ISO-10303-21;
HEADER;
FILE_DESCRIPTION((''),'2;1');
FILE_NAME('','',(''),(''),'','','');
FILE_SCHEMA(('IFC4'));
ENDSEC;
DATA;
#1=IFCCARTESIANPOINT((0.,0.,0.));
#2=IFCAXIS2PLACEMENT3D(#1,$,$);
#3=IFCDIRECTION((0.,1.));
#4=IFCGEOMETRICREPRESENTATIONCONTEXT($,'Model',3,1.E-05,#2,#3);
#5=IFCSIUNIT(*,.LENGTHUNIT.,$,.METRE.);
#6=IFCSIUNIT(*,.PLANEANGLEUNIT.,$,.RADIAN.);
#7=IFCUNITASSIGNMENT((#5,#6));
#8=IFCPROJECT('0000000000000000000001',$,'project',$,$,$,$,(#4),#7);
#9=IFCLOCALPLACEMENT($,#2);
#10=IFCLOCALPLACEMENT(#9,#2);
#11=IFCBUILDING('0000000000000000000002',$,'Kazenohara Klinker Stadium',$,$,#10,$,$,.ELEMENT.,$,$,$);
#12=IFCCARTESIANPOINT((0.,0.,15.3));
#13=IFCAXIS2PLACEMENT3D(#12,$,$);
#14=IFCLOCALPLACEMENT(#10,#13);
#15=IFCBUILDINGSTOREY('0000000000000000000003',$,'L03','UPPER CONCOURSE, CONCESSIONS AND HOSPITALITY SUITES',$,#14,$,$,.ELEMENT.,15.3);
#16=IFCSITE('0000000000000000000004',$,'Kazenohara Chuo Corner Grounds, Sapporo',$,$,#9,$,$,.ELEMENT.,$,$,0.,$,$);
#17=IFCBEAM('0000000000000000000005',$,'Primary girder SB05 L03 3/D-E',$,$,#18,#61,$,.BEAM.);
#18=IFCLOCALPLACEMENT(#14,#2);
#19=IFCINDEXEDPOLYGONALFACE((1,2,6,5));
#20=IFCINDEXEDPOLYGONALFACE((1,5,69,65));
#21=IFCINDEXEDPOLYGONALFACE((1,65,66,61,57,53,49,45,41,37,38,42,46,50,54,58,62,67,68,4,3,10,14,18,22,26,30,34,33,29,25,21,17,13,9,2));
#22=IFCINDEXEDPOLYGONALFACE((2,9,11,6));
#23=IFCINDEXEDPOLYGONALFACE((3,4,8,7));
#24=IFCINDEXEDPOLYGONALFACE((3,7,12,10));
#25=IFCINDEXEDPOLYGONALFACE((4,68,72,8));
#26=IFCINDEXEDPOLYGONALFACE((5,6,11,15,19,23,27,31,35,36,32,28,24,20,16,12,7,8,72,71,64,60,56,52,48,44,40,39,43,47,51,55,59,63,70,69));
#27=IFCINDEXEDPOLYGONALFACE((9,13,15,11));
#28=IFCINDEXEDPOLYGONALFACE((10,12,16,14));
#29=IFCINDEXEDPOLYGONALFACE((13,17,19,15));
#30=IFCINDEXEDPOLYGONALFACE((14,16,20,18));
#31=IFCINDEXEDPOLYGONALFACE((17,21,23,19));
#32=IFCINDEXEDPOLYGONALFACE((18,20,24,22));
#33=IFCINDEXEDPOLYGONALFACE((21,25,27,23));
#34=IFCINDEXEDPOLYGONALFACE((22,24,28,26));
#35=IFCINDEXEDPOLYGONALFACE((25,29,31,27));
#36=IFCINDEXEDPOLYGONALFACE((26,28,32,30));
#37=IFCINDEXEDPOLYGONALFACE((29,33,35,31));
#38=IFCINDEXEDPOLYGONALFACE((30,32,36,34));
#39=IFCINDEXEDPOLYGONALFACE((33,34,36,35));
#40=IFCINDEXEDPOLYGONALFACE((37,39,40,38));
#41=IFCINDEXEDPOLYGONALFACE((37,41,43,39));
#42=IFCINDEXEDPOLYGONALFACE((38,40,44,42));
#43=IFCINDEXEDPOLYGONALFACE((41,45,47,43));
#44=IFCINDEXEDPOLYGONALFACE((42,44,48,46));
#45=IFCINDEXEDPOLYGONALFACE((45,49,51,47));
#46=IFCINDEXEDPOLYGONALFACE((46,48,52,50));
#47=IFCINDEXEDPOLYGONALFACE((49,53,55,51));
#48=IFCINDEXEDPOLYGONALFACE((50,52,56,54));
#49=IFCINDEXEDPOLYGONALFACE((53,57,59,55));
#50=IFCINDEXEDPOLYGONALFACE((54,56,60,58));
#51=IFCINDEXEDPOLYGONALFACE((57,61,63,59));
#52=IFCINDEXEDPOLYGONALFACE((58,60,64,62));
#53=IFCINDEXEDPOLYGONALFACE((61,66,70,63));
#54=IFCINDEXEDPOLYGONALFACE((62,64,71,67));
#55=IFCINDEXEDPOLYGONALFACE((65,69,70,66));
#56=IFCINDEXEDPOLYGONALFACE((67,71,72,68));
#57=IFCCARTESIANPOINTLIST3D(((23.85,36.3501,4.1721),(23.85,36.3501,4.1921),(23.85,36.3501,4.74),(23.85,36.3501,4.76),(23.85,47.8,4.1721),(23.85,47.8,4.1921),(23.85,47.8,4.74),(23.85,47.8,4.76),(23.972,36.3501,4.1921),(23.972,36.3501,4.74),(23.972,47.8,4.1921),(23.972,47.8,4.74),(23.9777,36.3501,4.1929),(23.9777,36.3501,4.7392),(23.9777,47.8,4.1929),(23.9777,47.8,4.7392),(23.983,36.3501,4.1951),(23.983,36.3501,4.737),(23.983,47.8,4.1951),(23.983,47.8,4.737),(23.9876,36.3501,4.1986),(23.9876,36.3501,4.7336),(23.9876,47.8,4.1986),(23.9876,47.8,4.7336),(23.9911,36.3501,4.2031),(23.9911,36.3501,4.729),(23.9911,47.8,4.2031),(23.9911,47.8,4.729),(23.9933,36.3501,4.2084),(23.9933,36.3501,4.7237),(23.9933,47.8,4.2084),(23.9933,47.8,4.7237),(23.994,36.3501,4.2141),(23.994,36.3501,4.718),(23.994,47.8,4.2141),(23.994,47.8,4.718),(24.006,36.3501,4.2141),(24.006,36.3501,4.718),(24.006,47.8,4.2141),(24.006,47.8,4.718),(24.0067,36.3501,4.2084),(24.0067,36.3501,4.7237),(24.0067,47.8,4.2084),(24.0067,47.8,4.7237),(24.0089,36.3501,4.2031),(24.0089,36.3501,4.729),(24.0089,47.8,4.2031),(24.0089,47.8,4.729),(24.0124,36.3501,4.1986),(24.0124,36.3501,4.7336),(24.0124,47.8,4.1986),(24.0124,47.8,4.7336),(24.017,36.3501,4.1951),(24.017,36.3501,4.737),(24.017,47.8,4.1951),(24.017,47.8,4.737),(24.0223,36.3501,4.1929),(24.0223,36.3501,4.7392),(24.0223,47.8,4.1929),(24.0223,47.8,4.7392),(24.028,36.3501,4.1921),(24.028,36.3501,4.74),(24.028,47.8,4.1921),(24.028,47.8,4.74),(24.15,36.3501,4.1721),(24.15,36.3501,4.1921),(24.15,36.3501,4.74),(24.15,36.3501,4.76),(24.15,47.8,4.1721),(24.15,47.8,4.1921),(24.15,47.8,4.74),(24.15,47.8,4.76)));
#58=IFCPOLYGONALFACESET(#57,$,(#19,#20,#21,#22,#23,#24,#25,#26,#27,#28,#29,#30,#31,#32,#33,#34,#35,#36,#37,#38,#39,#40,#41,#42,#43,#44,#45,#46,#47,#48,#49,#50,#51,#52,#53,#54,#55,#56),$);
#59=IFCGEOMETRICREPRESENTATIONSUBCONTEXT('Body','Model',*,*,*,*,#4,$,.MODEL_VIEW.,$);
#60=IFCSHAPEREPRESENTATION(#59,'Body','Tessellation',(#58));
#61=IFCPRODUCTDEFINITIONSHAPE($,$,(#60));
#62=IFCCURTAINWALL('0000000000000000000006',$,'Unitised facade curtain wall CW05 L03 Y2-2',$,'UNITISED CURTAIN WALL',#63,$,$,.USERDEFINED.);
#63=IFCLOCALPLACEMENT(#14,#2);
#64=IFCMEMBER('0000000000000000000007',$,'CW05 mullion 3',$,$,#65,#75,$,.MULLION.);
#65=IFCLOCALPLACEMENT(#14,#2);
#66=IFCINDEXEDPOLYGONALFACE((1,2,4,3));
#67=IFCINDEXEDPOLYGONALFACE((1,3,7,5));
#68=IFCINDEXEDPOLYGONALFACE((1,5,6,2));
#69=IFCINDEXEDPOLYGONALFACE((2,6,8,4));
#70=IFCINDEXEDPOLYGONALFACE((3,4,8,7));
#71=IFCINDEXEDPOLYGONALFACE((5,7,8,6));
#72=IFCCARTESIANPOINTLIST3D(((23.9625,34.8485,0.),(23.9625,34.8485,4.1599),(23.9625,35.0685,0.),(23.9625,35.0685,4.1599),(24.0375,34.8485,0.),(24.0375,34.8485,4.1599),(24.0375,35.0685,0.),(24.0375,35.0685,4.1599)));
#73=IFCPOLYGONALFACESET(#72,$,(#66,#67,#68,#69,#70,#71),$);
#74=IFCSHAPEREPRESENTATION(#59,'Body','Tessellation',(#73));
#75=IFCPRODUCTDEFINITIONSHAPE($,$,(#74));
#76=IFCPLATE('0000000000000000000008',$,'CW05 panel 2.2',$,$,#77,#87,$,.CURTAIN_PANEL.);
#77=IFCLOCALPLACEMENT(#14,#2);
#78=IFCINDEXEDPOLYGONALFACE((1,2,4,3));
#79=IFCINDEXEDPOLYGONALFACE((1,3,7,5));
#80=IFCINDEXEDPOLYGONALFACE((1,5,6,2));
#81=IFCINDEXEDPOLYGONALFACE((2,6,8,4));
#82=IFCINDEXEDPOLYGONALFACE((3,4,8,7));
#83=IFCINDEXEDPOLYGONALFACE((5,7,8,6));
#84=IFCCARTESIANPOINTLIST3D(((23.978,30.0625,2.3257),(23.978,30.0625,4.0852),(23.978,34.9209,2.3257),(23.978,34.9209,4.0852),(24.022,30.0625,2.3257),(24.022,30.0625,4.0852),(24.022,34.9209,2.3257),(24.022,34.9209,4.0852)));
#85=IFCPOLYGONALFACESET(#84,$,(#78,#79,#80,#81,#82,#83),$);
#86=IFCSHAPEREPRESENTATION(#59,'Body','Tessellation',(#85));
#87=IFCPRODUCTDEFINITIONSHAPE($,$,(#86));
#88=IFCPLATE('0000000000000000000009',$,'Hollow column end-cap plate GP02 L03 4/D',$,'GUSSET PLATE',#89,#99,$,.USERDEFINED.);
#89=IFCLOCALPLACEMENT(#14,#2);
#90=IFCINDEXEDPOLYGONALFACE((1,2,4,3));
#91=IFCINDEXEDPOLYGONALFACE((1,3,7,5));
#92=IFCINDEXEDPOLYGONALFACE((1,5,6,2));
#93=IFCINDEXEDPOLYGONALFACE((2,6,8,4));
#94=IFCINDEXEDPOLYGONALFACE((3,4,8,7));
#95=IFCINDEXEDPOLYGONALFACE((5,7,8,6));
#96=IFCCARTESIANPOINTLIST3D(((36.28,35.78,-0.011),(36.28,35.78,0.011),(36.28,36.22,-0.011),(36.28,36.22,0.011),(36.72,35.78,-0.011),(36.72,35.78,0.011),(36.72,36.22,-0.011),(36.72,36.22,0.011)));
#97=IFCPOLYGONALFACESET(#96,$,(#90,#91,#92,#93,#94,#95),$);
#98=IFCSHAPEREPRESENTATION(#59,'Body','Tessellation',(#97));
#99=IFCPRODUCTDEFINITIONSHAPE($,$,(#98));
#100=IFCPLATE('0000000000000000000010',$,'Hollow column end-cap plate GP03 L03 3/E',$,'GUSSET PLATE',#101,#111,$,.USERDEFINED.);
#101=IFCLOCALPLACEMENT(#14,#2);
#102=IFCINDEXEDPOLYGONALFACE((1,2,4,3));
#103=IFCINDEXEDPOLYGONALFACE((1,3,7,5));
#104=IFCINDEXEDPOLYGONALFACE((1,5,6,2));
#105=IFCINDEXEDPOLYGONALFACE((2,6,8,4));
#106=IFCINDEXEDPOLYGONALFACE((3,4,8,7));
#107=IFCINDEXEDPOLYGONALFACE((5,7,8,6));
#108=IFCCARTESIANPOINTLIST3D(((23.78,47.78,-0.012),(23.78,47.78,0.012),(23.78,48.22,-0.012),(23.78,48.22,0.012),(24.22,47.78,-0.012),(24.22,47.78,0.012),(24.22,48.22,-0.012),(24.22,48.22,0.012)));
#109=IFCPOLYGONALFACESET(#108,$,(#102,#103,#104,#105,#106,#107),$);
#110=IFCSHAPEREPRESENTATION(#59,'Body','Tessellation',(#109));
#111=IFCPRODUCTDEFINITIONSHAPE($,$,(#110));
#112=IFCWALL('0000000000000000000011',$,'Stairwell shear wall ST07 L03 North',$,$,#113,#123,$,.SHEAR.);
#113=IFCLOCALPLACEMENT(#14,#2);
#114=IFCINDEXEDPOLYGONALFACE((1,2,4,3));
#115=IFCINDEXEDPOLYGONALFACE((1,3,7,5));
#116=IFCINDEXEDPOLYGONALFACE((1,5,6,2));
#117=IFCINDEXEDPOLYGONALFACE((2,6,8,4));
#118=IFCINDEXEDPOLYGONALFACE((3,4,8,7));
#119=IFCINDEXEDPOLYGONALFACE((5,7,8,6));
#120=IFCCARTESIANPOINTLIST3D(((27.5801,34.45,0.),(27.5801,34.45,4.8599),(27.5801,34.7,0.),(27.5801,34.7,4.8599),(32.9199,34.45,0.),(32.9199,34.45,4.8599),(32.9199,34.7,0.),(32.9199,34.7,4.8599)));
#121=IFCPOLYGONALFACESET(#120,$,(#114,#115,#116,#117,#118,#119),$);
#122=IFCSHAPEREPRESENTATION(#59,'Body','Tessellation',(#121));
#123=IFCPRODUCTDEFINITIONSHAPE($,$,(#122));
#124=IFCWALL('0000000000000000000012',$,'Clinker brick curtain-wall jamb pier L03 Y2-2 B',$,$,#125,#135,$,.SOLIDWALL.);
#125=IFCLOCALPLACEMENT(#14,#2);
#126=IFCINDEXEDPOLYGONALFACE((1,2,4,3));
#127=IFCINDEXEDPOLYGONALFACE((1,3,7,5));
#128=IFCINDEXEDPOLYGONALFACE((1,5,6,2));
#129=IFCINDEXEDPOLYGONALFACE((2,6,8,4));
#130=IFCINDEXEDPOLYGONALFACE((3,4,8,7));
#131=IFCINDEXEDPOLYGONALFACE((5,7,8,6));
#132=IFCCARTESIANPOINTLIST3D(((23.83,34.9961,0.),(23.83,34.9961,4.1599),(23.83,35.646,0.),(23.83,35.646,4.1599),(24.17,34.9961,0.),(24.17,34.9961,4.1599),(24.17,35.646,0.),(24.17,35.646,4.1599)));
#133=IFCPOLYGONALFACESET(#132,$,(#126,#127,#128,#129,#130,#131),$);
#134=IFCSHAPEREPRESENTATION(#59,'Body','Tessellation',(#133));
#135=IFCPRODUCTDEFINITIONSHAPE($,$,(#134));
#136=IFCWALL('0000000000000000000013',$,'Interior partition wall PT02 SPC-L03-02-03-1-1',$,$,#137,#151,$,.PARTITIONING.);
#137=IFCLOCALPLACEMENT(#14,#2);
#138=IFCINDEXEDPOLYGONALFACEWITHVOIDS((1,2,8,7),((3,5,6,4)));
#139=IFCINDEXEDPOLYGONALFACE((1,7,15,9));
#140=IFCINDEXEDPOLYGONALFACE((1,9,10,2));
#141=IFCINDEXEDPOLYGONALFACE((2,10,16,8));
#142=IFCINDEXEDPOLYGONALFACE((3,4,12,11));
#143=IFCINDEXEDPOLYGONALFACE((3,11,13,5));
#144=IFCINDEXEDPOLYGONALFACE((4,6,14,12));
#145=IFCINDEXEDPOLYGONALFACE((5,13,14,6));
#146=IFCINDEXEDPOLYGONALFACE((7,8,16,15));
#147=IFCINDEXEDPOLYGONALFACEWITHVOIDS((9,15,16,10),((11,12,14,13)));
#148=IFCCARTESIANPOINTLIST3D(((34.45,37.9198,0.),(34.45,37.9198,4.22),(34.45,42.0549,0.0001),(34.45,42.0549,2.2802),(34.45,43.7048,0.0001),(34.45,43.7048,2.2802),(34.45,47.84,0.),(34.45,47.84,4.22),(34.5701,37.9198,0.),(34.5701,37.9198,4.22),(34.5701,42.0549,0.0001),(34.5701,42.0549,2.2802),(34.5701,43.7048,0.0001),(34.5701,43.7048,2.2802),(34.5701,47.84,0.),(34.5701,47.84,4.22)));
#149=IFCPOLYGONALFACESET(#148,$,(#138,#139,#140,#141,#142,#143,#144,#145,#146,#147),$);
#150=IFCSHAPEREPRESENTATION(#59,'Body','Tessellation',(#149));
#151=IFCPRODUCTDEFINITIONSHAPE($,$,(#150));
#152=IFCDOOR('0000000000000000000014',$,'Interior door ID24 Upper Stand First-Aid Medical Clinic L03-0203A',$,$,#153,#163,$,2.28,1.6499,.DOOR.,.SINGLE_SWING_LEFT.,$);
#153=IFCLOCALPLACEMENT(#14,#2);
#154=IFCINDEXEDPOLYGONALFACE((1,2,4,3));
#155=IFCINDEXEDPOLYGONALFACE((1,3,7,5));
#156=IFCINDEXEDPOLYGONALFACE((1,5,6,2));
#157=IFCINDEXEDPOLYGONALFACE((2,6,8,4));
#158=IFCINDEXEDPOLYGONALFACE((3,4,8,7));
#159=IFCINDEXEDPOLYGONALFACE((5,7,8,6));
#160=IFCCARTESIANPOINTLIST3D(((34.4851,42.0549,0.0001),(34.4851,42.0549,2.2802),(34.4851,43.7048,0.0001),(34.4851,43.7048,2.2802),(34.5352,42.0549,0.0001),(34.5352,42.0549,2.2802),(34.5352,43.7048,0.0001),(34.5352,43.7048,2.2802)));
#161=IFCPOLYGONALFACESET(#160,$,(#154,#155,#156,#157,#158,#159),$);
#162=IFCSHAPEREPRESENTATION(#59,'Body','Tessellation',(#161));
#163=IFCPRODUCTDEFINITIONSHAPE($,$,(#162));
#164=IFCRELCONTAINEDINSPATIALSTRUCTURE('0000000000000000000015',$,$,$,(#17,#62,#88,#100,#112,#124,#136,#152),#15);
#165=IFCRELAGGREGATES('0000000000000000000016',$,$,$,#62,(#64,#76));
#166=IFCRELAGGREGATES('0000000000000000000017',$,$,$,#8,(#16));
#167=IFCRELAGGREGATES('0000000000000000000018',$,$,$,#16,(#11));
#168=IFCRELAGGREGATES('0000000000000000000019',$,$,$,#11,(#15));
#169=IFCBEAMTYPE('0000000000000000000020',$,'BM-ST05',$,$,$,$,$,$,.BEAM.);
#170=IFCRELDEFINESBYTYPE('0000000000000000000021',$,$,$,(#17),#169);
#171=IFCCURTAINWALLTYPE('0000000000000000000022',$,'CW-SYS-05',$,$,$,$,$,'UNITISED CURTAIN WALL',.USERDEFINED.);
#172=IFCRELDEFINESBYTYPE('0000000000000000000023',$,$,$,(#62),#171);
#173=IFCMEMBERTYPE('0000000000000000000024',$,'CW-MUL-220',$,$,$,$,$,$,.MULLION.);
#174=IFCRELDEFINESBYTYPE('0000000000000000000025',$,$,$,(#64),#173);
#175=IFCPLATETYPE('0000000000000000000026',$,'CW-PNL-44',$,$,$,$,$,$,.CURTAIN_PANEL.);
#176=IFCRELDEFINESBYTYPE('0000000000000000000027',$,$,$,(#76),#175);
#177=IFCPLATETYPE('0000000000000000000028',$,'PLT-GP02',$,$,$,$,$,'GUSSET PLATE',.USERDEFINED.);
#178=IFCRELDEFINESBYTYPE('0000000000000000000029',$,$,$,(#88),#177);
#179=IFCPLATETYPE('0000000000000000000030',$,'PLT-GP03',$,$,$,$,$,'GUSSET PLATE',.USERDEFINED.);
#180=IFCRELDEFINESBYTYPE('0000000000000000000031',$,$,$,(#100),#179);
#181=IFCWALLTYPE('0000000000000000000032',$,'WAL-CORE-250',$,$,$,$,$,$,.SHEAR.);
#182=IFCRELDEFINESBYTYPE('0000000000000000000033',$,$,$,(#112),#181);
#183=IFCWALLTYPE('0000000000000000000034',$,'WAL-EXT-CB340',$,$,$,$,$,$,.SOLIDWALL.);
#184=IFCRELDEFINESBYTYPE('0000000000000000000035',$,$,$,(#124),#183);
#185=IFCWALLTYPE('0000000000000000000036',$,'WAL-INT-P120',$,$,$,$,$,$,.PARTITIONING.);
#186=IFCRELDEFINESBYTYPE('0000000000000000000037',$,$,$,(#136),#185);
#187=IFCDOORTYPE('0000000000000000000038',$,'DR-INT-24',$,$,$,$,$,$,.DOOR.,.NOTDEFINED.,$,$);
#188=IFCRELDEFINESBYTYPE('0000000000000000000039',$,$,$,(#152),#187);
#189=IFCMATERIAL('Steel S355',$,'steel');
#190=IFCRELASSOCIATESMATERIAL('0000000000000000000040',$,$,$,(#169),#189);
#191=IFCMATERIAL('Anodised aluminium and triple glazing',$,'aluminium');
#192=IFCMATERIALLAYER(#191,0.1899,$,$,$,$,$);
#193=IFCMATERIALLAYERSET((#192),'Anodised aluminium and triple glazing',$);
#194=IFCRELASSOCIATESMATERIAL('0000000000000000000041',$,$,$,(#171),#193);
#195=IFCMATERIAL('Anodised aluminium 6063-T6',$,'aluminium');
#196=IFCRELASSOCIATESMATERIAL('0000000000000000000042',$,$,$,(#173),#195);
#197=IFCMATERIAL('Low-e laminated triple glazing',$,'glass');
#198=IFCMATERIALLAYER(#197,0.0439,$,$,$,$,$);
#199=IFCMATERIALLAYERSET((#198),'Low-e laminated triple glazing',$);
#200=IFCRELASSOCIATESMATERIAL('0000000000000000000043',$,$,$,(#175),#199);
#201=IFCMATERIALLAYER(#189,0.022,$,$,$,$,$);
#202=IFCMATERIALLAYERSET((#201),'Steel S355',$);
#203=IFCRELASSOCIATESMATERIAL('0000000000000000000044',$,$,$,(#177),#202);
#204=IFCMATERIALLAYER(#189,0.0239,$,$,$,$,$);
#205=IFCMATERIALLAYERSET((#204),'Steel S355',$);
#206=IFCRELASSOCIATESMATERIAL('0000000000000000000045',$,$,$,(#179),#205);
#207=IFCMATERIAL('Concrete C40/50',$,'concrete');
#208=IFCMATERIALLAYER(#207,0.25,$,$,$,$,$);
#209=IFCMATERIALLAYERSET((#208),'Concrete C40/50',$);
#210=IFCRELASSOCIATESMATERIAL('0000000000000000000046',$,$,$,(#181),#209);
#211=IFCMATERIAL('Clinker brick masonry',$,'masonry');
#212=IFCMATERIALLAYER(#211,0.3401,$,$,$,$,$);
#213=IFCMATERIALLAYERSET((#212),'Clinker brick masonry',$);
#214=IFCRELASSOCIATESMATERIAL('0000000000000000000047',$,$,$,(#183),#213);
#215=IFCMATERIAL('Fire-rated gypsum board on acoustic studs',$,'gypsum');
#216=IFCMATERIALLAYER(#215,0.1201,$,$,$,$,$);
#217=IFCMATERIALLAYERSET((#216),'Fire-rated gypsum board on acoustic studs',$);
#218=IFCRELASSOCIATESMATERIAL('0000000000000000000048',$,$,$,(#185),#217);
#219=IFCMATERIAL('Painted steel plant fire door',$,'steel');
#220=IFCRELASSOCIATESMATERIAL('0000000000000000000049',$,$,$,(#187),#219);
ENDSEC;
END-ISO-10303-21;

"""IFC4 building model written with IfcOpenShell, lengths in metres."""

from ifc_helpers import new_model, si_unit, direction, frame, frame_2d, origin, origin_2d, place, context, subcontext, project, spatial, rectangle, i_section, extrude, material, layer, layer_set, material_profile, profile_set, type_object, element, fill, aggregate, save


model = new_model("IFC4")

# Units and contexts
model_context = context("Model", 3, precision=1e-05, world=origin(), true_north=direction((0.0, 1.0)))
body_context = subcontext(model_context, "Body", "Model", "MODEL_VIEW")
ifc_project = project(units=[si_unit("LENGTHUNIT", "METRE"), si_unit("PLANEANGLEUNIT", "RADIAN")], contexts=[model_context])

# Site, building, storey
site_placement = place(None, origin())
site = spatial("IfcSite", under=ifc_project, at=site_placement, Name="Kazenohara Chuo Corner Grounds, Sapporo", CompositionType="ELEMENT", RefElevation=0.0)
building_placement = place(site_placement, origin())
building = spatial("IfcBuilding", under=site, at=building_placement, Name="Kazenohara Klinker Stadium", CompositionType="ELEMENT")
storey_placement = place(building_placement, frame((0.0, 0.0, 15.3)))
storey = spatial("IfcBuildingStorey", under=building, at=storey_placement, Name="L03", Description="UPPER CONCOURSE, CONCESSIONS AND HOSPITALITY SUITES", CompositionType="ELEMENT", Elevation=15.3)

# Shared definitions
ifc_material_1 = material(Name="Concrete C40/50", Category="concrete")
ifc_material_2 = material(Name="Steel S355", Category="steel")

# Beam
ifc_material_profile_1 = material_profile(ifc_material_2, i_section(OverallWidth=0.3, OverallDepth=0.5879, WebThickness=0.012, FlangeThickness=0.02, FilletRadius=0.022, at=origin_2d()), Name="H-588x300x12x20")
ifc_profile_set_1 = profile_set([ifc_material_profile_1], Name="Steel S355")
beam_type_1 = type_object("IfcBeamType", Name="BM-ST05", PredefinedType="BEAM", material=ifc_profile_set_1)
beam_1_placement = place(storey_placement, frame((24.0, 36.3501, 4.4661), z_axis=(0.0, 1.0, 0.0), x_axis=(-1.0, 0.0, 0.0)))
element("IfcBeam", 1, at=beam_1_placement, inside=storey, type_object=beam_type_1, Name="Primary girder SB05 L03 3/D-E", PredefinedType="BEAM", context=body_context, shape_type="SweptSolid", body=[
    extrude(i_section(OverallWidth=0.3, OverallDepth=0.5879, WebThickness=0.012, FlangeThickness=0.02, FilletRadius=0.022, at=origin_2d()), origin(), (0.0, 0.0, 1.0), 11.45),
])

# Curtain wall, member, plate
ifc_material_3 = material(Name="Anodised aluminium and triple glazing", Category="aluminium")
ifc_layer_1 = layer(ifc_material_3, 0.1899)
ifc_layer_set_1 = layer_set([ifc_layer_1], Name="Anodised aluminium and triple glazing")
curtain_wall_type = type_object("IfcCurtainWallType", Name="CW-SYS-05", ElementType="UNITISED CURTAIN WALL", PredefinedType="USERDEFINED", material=ifc_layer_set_1)
curtain_wall_placement = place(storey_placement, origin())
curtain_wall = element("IfcCurtainWall", 2, at=curtain_wall_placement, inside=storey, type_object=curtain_wall_type, Name="Unitised facade curtain wall CW05 L03 Y2-2", ObjectType="UNITISED CURTAIN WALL", PredefinedType="USERDEFINED")
ifc_material_4 = material(Name="Anodised aluminium 6063-T6", Category="aluminium")
ifc_material_profile_2 = material_profile(ifc_material_4, rectangle(XDim=0.075, YDim=0.22, at=origin_2d()), Name="ALU-MUL-75x220")
ifc_profile_set_2 = profile_set([ifc_material_profile_2], Name="Anodised aluminium 6063-T6")
member_type = type_object("IfcMemberType", Name="CW-MUL-220", PredefinedType="MULLION", material=ifc_profile_set_2)
member_placement = place(storey_placement, frame((24.0, 34.9585, 0.0), z_axis=(0.0, 0.0, 1.0), x_axis=(-1.0, 0.0, 0.0)))
member = element("IfcMember", 3, at=member_placement, type_object=member_type, Name="CW05 mullion 3", PredefinedType="MULLION", context=body_context, shape_type="SweptSolid", body=[
    extrude(rectangle(XDim=0.075, YDim=0.22, at=origin_2d()), origin(), (0.0, 0.0, 1.0), 4.1599),
])
ifc_material_5 = material(Name="Low-e laminated triple glazing", Category="glass")
ifc_layer_2 = layer(ifc_material_5, 0.0439)
ifc_layer_set_2 = layer_set([ifc_layer_2], Name="Low-e laminated triple glazing")
plate_type_1 = type_object("IfcPlateType", Name="CW-PNL-44", PredefinedType="CURTAIN_PANEL", material=ifc_layer_set_2)
plate_1_placement = place(storey_placement, frame((24.0, 32.4917, 2.3257), z_axis=(0.0, 0.0, 1.0), x_axis=(0.0, 1.0, 0.0)))
plate_1 = element("IfcPlate", 4, at=plate_1_placement, type_object=plate_type_1, Name="CW05 panel 2.2", PredefinedType="CURTAIN_PANEL", context=body_context, shape_type="SweptSolid", body=[
    extrude(rectangle(XDim=4.8584, YDim=0.0439, at=origin_2d()), origin(), (0.0, 0.0, 1.0), 1.7595),
])
aggregate(curtain_wall, [member, plate_1])

# Plates
ifc_layer_3 = layer(ifc_material_2, 0.022)
ifc_layer_set_3 = layer_set([ifc_layer_3], Name="Steel S355")
plate_type_2 = type_object("IfcPlateType", Name="PLT-GP02", ElementType="GUSSET PLATE", PredefinedType="USERDEFINED", material=ifc_layer_set_3)
plate_2_placement = place(storey_placement, frame((36.5, 36.0, -0.011), z_axis=(0.0, 0.0, 1.0), x_axis=(1.0, 0.0, 0.0)))
element("IfcPlate", 5, at=plate_2_placement, inside=storey, type_object=plate_type_2, Name="Hollow column end-cap plate GP02 L03 4/D", ObjectType="GUSSET PLATE", PredefinedType="USERDEFINED", context=body_context, shape_type="SweptSolid", body=[
    extrude(rectangle(XDim=0.4399, YDim=0.4399, at=origin_2d()), origin(), (0.0, 0.0, 1.0), 0.022),
])
ifc_layer_4 = layer(ifc_material_2, 0.0239)
ifc_layer_set_4 = layer_set([ifc_layer_4], Name="Steel S355")
plate_type_3 = type_object("IfcPlateType", Name="PLT-GP03", ElementType="GUSSET PLATE", PredefinedType="USERDEFINED", material=ifc_layer_set_4)
plate_3_placement = place(storey_placement, frame((24.0, 48.0, -0.012), z_axis=(0.0, 0.0, 1.0), x_axis=(1.0, 0.0, 0.0)))
element("IfcPlate", 6, at=plate_3_placement, inside=storey, type_object=plate_type_3, Name="Hollow column end-cap plate GP03 L03 3/E", ObjectType="GUSSET PLATE", PredefinedType="USERDEFINED", context=body_context, shape_type="SweptSolid", body=[
    extrude(rectangle(XDim=0.4399, YDim=0.4399, at=origin_2d()), origin(), (0.0, 0.0, 1.0), 0.0239),
])

# Walls
ifc_layer_5 = layer(ifc_material_1, 0.25)
ifc_layer_set_5 = layer_set([ifc_layer_5], Name="Concrete C40/50")
wall_type_1 = type_object("IfcWallType", Name="WAL-CORE-250", PredefinedType="SHEAR", material=ifc_layer_set_5)
wall_1_placement = place(storey_placement, frame((27.5801, 34.575, 0.0), z_axis=(0.0, 0.0, 1.0), x_axis=(1.0, 0.0, 0.0)))
element("IfcWall", 7, at=wall_1_placement, inside=storey, type_object=wall_type_1, Name="Stairwell shear wall ST07 L03 North", PredefinedType="SHEAR", context=body_context, shape_type="SweptSolid", body=[
    extrude(rectangle(XDim=5.3398, YDim=0.25, at=frame_2d((2.6699, 0.0))), origin(), (0.0, 0.0, 1.0), 4.8599),
])
ifc_material_6 = material(Name="Clinker brick masonry", Category="masonry")
ifc_layer_6 = layer(ifc_material_6, 0.3401)
ifc_layer_set_6 = layer_set([ifc_layer_6], Name="Clinker brick masonry")
wall_type_2 = type_object("IfcWallType", Name="WAL-EXT-CB340", PredefinedType="SOLIDWALL", material=ifc_layer_set_6)
wall_2_placement = place(storey_placement, frame((24.0, 34.9961, 0.0), z_axis=(0.0, 0.0, 1.0), x_axis=(0.0, 1.0, 0.0)))
element("IfcWall", 8, at=wall_2_placement, inside=storey, type_object=wall_type_2, Name="Clinker brick curtain-wall jamb pier L03 Y2-2 B", PredefinedType="SOLIDWALL", context=body_context, shape_type="SweptSolid", body=[
    extrude(rectangle(XDim=0.6499, YDim=0.3401, at=frame_2d((0.325, 0.0))), origin(), (0.0, 0.0, 1.0), 4.1599),
])

# Wall, opening, door
ifc_material_7 = material(Name="Fire-rated gypsum board on acoustic studs", Category="gypsum")
ifc_layer_7 = layer(ifc_material_7, 0.1201)
ifc_layer_set_7 = layer_set([ifc_layer_7], Name="Fire-rated gypsum board on acoustic studs")
wall_type_3 = type_object("IfcWallType", Name="WAL-INT-P120", PredefinedType="PARTITIONING", material=ifc_layer_set_7)
wall_3_placement = place(storey_placement, frame((34.51, 37.9199, 0.0), z_axis=(0.0, 0.0, 1.0), x_axis=(0.0, 1.0, 0.0)))
wall_3 = element("IfcWall", 9, at=wall_3_placement, inside=storey, type_object=wall_type_3, Name="Interior partition wall PT02 SPC-L03-02-03-1-1", PredefinedType="PARTITIONING", context=body_context, shape_type="SweptSolid", body=[
    extrude(rectangle(XDim=9.9202, YDim=0.1201, at=frame_2d((4.96, 0.0))), origin(), (0.0, 0.0, 1.0), 4.22),
])
opening_1_placement = place(wall_3_placement, frame((4.135, 0.0, 0.0)))
opening_1 = element("IfcOpeningElement", 10, at=opening_1_placement, cuts=wall_3, PredefinedType="OPENING", context=body_context, shape_type="SweptSolid", body=[
    extrude(rectangle(XDim=1.6499, YDim=2.28, at=frame_2d((0.825, 1.1401))), frame((0.0, 0.0701, 0.0), z_axis=(0.0, -1.0, 0.0), x_axis=(1.0, 0.0, 0.0)), (0.0, 0.0, 1.0), 0.1401),
])
ifc_material_8 = material(Name="Painted steel plant fire door", Category="steel")
door_type_1 = type_object("IfcDoorType", Name="DR-INT-24", OperationType="NOTDEFINED", PredefinedType="DOOR", material=ifc_material_8)
door_1_placement = place(opening_1_placement, origin())
door_1 = element("IfcDoor", 11, at=door_1_placement, inside=storey, type_object=door_type_1, Name="Interior door ID24 Upper Stand First-Aid Medical Clinic L03-0203A", OperationType="SINGLE_SWING_LEFT", OverallHeight=2.28, OverallWidth=1.6499, PredefinedType="DOOR", context=body_context, shape_type="SweptSolid", body=[
    extrude(rectangle(XDim=1.6499, YDim=2.28, at=frame_2d((0.825, 1.1401))), frame((0.0, 0.0249, 0.0), z_axis=(0.0, -1.0, 0.0), x_axis=(1.0, 0.0, 0.0)), (0.0, 0.0, 1.0), 0.05),
])
fill(opening_1, door_1)

save(model, "model.ifc")
